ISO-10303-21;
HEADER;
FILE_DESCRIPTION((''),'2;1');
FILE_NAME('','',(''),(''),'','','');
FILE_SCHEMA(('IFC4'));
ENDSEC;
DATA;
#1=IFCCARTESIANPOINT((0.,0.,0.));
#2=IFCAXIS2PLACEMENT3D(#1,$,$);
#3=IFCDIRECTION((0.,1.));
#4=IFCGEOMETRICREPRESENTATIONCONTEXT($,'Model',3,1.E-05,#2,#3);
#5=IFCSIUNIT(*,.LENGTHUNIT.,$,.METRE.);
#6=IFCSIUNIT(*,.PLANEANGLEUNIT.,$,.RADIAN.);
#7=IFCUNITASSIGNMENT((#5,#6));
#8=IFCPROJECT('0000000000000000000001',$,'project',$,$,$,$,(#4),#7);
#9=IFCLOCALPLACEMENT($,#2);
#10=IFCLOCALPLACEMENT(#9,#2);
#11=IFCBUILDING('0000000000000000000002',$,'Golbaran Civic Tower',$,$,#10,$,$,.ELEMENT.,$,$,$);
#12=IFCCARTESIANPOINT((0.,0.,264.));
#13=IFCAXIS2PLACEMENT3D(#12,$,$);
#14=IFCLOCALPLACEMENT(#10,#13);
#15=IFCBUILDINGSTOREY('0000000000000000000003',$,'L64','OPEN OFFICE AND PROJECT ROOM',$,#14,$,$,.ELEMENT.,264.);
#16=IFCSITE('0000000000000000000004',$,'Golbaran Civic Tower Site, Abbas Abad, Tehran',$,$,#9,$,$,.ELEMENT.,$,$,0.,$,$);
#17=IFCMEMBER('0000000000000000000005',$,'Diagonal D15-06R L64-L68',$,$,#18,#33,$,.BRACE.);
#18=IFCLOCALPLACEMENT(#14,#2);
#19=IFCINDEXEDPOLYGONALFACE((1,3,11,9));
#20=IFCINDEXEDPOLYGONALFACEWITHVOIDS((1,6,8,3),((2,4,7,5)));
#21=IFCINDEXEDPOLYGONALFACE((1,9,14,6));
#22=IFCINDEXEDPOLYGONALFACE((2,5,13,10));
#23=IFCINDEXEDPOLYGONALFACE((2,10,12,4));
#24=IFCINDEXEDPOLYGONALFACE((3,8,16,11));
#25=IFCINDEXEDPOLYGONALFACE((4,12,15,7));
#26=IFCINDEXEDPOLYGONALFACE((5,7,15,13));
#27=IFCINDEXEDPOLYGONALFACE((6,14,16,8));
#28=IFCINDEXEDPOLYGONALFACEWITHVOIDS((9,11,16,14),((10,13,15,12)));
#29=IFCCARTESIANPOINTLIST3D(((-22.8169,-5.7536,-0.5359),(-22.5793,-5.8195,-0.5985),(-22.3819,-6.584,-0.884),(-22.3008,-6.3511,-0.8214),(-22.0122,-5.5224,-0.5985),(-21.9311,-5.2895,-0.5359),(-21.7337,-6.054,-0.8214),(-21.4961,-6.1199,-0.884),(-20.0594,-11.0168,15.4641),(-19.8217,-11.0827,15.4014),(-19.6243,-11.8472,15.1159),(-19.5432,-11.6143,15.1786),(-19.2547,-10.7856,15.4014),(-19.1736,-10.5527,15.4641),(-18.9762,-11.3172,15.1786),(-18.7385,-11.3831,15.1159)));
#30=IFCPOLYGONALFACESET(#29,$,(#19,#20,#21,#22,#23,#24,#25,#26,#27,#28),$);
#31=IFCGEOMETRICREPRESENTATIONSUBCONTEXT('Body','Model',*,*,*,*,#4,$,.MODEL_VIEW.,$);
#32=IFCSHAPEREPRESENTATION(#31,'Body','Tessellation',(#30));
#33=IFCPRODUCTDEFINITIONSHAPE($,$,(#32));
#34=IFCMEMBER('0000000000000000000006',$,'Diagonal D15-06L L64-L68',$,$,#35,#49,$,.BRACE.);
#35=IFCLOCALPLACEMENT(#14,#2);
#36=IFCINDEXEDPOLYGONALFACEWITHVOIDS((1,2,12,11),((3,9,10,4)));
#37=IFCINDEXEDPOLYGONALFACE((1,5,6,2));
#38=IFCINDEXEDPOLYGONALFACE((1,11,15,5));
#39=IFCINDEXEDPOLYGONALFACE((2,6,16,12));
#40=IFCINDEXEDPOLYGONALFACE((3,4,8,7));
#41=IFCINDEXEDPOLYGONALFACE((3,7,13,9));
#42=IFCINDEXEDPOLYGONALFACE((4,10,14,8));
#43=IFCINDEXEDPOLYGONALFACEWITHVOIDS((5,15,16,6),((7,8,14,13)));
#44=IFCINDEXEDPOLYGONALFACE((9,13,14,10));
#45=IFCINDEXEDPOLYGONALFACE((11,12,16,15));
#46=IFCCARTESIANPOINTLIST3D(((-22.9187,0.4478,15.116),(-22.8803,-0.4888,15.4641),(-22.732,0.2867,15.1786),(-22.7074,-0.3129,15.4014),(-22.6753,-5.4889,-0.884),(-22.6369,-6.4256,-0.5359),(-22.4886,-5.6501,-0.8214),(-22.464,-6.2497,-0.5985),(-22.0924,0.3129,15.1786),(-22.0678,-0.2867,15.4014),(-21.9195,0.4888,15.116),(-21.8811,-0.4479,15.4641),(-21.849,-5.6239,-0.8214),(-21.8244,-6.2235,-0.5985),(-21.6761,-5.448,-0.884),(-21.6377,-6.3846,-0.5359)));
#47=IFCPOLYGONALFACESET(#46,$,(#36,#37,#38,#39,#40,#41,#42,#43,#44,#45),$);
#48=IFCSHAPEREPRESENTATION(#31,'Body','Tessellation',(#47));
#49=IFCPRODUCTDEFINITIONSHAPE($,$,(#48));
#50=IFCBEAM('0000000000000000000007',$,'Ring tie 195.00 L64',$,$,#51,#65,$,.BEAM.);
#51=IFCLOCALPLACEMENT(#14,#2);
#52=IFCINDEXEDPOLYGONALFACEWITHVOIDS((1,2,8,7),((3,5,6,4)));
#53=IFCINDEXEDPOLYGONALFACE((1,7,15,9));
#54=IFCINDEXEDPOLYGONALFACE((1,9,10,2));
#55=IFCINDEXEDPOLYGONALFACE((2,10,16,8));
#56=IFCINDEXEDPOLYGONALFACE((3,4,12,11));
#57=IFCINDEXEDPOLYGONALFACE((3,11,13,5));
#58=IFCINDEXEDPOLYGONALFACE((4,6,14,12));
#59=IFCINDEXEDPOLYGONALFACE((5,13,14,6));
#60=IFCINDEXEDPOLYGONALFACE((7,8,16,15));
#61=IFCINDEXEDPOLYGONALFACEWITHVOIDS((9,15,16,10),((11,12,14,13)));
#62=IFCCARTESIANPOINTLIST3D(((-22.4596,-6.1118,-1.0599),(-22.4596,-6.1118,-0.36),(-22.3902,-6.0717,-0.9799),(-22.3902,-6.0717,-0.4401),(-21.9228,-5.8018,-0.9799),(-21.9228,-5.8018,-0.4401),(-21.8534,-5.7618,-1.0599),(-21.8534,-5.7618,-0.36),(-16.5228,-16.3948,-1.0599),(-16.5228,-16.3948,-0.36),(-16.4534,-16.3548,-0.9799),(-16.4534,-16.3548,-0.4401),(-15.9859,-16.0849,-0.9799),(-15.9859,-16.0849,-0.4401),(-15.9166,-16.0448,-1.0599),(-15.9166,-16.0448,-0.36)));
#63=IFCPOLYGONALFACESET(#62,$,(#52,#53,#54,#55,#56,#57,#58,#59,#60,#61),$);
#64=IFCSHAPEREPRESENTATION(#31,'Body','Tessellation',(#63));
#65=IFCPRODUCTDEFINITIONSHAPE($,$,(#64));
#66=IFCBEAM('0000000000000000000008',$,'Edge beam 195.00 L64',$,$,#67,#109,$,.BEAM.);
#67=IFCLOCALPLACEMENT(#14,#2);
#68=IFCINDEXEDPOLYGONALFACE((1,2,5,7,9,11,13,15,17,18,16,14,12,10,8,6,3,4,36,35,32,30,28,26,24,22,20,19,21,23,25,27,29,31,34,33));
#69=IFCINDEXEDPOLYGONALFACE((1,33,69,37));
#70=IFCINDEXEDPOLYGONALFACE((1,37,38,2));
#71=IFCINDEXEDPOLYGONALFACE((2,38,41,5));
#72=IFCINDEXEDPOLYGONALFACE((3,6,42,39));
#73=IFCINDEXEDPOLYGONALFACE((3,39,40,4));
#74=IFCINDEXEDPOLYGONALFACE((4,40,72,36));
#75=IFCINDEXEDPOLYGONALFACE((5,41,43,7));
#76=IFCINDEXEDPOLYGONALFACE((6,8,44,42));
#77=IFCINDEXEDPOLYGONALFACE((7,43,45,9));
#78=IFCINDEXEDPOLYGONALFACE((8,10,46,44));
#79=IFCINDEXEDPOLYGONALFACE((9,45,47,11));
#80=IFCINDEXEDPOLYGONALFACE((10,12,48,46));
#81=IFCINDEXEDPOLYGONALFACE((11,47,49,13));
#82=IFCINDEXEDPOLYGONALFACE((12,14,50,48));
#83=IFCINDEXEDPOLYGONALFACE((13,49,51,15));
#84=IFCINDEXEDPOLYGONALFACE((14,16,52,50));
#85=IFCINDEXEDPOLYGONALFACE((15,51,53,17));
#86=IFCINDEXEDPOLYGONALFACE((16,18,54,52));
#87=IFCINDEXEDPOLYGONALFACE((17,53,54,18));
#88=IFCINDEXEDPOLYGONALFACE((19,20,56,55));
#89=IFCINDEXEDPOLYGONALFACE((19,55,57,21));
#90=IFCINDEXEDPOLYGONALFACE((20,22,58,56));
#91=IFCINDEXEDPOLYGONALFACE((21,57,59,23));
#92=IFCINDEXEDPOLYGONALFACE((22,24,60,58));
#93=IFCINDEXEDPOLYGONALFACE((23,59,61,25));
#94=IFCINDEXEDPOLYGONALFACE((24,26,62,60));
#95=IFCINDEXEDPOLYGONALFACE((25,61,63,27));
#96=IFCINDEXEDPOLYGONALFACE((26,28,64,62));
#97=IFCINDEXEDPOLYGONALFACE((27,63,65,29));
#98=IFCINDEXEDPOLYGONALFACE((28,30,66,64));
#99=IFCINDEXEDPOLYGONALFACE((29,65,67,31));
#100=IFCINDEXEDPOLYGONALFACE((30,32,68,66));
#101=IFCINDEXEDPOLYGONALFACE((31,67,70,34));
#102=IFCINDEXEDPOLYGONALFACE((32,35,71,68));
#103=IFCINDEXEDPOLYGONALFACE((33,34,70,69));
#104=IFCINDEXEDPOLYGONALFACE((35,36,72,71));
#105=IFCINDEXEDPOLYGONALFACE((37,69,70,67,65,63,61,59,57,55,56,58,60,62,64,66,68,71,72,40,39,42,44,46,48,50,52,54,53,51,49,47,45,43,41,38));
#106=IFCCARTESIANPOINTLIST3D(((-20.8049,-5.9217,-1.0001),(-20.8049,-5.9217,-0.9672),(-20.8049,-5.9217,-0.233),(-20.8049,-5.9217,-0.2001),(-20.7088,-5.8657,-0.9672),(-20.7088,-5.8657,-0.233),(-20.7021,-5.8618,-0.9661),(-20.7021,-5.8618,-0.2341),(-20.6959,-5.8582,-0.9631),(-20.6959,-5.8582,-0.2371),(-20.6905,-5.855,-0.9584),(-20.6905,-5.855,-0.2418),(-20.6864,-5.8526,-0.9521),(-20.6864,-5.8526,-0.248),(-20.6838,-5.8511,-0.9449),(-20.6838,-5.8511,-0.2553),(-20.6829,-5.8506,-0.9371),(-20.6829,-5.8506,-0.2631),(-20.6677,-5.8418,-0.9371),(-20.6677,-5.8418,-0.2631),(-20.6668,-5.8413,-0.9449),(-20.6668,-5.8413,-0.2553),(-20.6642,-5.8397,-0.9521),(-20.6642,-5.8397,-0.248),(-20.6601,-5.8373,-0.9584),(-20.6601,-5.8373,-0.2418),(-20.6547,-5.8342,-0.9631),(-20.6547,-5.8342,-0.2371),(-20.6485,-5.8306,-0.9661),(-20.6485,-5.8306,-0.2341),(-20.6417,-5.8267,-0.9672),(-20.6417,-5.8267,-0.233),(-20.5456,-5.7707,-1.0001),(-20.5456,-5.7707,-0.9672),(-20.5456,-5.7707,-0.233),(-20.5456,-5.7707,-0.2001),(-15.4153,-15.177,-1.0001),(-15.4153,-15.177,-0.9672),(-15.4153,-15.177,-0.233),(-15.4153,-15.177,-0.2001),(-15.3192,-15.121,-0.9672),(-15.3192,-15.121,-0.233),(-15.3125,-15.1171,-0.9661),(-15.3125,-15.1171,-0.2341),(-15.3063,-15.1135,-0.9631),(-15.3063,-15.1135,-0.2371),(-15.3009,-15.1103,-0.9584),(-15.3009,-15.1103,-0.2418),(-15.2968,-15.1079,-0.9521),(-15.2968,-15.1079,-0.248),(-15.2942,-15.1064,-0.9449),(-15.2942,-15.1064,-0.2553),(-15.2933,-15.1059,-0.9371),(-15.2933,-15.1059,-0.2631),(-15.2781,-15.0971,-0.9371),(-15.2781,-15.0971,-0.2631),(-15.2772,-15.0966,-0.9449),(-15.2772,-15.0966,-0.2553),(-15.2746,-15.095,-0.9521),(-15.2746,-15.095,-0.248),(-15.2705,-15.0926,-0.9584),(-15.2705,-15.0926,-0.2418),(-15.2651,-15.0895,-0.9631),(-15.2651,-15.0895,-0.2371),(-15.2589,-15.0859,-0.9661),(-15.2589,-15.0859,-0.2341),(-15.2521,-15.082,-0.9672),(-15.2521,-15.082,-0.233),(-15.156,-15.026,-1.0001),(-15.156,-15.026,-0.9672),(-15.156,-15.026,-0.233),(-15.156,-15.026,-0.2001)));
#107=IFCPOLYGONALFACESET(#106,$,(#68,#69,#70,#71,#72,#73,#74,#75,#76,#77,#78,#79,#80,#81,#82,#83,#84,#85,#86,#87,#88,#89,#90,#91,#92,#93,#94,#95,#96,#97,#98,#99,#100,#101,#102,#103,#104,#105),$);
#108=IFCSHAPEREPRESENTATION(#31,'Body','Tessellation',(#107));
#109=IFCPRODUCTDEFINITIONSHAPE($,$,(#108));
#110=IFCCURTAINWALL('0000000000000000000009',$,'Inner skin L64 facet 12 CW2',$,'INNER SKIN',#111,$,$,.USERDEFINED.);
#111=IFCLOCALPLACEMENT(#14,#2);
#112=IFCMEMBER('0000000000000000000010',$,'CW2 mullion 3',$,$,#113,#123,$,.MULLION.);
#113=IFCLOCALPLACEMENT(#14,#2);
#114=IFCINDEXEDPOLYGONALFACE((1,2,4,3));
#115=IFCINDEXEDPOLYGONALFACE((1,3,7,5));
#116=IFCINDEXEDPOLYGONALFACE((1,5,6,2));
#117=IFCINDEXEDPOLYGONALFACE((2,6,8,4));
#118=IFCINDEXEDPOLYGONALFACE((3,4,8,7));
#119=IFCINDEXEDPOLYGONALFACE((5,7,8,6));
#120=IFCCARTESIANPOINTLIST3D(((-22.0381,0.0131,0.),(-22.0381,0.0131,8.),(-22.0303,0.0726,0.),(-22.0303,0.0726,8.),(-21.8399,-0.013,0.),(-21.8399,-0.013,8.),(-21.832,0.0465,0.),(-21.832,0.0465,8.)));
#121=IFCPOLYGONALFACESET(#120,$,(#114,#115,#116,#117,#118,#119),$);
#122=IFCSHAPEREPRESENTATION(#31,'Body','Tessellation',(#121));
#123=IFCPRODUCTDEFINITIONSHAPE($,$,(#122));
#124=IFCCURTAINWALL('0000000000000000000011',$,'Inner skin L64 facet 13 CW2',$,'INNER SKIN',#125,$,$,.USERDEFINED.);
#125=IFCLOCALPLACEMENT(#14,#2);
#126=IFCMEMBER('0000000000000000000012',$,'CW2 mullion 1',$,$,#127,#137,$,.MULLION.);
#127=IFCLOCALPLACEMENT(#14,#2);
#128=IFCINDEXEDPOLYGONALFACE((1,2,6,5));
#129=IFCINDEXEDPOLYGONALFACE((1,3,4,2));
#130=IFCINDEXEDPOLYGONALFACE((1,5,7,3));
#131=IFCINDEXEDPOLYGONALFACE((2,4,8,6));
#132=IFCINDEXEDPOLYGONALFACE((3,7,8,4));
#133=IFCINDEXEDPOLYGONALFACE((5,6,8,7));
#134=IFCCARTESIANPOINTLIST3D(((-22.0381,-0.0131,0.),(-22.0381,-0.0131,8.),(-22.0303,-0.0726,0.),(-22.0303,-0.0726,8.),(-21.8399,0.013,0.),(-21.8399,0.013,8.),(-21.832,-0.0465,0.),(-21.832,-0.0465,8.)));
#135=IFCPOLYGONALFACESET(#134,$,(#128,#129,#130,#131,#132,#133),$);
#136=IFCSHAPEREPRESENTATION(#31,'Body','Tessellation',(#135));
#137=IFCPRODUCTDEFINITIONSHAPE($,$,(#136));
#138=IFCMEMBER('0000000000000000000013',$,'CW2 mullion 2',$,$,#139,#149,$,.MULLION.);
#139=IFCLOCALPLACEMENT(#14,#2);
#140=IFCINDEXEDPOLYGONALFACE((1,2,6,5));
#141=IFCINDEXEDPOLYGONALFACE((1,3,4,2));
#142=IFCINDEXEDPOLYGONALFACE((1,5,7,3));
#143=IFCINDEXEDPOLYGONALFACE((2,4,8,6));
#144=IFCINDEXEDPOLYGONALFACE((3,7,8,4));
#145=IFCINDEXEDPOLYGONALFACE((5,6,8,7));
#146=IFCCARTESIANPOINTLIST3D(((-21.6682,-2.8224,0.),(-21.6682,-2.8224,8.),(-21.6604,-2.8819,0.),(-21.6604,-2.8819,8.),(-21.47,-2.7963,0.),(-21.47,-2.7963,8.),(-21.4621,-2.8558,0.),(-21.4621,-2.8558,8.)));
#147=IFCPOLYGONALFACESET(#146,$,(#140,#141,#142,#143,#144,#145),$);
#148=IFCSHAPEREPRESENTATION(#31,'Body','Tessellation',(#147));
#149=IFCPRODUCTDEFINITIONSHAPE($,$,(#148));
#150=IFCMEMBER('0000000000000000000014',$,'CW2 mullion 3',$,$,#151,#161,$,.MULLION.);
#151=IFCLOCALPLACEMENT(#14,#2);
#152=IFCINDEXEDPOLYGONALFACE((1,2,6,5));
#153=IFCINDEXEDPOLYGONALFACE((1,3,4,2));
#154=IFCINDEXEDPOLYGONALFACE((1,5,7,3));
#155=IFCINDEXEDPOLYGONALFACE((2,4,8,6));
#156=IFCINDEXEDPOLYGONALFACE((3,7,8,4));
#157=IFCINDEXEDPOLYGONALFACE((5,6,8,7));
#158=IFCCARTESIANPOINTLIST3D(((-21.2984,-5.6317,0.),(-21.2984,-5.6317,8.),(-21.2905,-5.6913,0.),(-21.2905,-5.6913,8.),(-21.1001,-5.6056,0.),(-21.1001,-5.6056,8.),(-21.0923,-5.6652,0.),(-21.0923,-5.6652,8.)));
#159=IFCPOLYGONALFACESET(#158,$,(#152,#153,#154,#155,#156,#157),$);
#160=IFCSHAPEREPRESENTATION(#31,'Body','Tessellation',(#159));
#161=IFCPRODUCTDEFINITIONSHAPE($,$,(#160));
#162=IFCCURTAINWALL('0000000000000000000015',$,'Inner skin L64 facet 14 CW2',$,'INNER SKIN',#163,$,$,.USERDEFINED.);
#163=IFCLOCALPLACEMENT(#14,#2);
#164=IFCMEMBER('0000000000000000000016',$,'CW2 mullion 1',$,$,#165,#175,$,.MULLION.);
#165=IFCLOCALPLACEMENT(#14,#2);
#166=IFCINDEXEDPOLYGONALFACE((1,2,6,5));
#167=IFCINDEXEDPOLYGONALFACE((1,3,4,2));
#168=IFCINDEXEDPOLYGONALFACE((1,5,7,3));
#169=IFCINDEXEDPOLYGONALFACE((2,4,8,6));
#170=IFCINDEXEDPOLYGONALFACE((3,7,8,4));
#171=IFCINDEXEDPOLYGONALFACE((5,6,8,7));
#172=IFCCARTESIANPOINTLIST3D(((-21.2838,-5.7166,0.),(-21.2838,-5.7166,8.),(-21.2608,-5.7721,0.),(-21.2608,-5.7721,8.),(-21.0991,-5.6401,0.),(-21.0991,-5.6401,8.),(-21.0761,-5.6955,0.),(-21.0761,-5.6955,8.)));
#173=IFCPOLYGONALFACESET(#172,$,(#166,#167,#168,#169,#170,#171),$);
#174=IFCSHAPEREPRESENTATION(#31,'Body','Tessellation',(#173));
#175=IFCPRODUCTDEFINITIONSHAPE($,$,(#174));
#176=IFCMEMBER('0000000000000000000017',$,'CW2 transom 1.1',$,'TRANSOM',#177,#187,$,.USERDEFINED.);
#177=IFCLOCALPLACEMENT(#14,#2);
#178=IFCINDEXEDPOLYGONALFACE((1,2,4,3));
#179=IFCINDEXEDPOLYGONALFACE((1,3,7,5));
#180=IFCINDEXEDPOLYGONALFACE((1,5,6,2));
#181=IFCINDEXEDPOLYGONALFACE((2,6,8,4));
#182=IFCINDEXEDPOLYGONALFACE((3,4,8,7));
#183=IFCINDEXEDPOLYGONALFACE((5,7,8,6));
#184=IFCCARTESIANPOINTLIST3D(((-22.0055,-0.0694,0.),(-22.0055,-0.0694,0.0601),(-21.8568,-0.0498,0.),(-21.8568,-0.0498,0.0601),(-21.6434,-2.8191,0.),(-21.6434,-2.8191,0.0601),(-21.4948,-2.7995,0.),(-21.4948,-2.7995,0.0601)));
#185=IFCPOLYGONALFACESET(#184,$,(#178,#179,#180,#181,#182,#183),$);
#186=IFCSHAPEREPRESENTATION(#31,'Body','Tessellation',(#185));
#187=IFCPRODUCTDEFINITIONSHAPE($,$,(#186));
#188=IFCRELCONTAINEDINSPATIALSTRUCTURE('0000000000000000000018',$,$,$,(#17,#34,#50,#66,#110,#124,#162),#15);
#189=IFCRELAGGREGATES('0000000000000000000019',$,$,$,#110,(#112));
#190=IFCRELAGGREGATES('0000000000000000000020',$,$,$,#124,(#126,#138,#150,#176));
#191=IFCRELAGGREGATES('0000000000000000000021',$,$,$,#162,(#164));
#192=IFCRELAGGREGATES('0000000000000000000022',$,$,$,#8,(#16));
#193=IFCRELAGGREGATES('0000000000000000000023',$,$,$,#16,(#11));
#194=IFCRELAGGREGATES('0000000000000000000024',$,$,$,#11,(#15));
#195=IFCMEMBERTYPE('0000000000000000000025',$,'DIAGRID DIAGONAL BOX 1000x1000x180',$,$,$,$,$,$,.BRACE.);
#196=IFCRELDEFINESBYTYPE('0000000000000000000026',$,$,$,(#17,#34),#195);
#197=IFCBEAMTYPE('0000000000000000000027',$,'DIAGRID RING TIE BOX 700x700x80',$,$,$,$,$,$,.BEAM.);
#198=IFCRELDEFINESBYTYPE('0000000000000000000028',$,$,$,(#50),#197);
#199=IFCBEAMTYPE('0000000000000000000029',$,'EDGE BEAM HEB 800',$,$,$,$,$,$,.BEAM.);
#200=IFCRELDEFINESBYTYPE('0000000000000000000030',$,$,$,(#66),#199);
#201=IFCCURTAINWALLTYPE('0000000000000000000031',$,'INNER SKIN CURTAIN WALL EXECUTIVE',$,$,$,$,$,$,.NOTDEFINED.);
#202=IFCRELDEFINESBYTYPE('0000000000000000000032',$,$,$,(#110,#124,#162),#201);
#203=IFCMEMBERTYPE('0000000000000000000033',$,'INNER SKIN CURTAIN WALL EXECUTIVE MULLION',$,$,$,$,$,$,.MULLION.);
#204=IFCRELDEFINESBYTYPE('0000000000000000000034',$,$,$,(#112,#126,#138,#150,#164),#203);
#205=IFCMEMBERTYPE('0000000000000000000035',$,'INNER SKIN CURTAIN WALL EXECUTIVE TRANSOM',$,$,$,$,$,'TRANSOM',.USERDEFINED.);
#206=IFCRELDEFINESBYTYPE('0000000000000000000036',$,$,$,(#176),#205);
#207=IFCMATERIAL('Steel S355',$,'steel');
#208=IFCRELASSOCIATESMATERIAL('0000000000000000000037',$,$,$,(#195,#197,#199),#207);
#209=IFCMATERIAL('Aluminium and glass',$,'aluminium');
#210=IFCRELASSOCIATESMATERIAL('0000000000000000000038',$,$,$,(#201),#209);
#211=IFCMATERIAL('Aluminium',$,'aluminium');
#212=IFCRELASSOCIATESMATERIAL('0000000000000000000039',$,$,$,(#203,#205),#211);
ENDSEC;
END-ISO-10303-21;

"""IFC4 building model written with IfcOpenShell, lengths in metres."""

from ifc_helpers import new_model, si_unit, direction, frame, origin, origin_2d, place, context, subcontext, project, spatial, rectangle, hollow_rectangle, i_section, extrude, material, material_profile, profile_set, type_object, element, aggregate, save


model = new_model("IFC4")

# Units and contexts
model_context = context("Model", 3, precision=1e-05, world=origin(), true_north=direction((0.0, 1.0)))
body_context = subcontext(model_context, "Body", "Model", "MODEL_VIEW")
ifc_project = project(units=[si_unit("LENGTHUNIT", "METRE"), si_unit("PLANEANGLEUNIT", "RADIAN")], contexts=[model_context])

# Site, building, storey
site_placement = place(None, origin())
site = spatial("IfcSite", under=ifc_project, at=site_placement, Name="Golbaran Civic Tower Site, Abbas Abad, Tehran", CompositionType="ELEMENT", RefElevation=0.0)
building_placement = place(site_placement, origin())
building = spatial("IfcBuilding", under=site, at=building_placement, Name="Golbaran Civic Tower", CompositionType="ELEMENT")
storey_placement = place(building_placement, frame((0.0, 0.0, 264.0)))
storey = spatial("IfcBuildingStorey", under=building, at=storey_placement, Name="L64", Description="OPEN OFFICE AND PROJECT ROOM", CompositionType="ELEMENT", Elevation=264.0)

# Members
ifc_material_1 = material(Name="Steel S355", Category="steel")
ifc_material_profile_1 = material_profile(ifc_material_1, hollow_rectangle(XDim=1.0, YDim=1.0, WallThickness=0.1799, at=origin_2d()), Name="BOX 1000x1000x180")
ifc_profile_set_1 = profile_set([ifc_material_profile_1], Name="Steel S355")
member_type_1 = type_object("IfcMemberType", Name="DIAGRID DIAGONAL BOX 1000x1000x180", PredefinedType="BRACE", material=ifc_profile_set_1)
for number, where, z_axis, x_axis, name in (
    (1, (-22.1565, -5.9368, -0.71), (0.161567, -0.308372, 0.937445), (0.885786, 0.464095, 0.0), "Diagonal D15-06R L64-L68"),
    (2, (-22.1565, -5.9368, -0.71), (-0.014261, 0.347838, 0.937446), (-0.999161, -0.040966, 0.0), "Diagonal D15-06L L64-L68"),
):
    element("IfcMember", number, at=place(storey_placement, frame(where, z_axis=z_axis, x_axis=x_axis)), inside=storey, type_object=member_type_1, Name=name, PredefinedType="BRACE", context=body_context, shape_type="SweptSolid", body=[
        extrude(hollow_rectangle(XDim=1.0, YDim=1.0, WallThickness=0.1799, at=origin_2d()), origin(), (0.0, 0.0, 1.0), 17.0676),
    ])

# Beams
ifc_material_profile_2 = material_profile(ifc_material_1, hollow_rectangle(XDim=0.7, YDim=0.7, WallThickness=0.0801, at=origin_2d()), Name="BOX 700x700x80")
ifc_profile_set_2 = profile_set([ifc_material_profile_2], Name="Steel S355")
beam_type_1 = type_object("IfcBeamType", Name="DIAGRID RING TIE BOX 700x700x80", PredefinedType="BEAM", material=ifc_profile_set_2)
beam_1_placement = place(storey_placement, frame((-22.1565, -5.9368, -0.71), z_axis=(0.499994, -0.866029, 0.0), x_axis=(0.866029, 0.499994, 0.0)))
element("IfcBeam", 3, at=beam_1_placement, inside=storey, type_object=beam_type_1, Name="Ring tie 195.00 L64", PredefinedType="BEAM", context=body_context, shape_type="SweptSolid", body=[
    extrude(hollow_rectangle(XDim=0.7, YDim=0.7, WallThickness=0.0801, at=origin_2d()), origin(), (0.0, 0.0, 1.0), 11.8738),
])
ifc_material_profile_3 = material_profile(ifc_material_1, i_section(OverallWidth=0.3, OverallDepth=0.8, WebThickness=0.0176, FlangeThickness=0.033, FilletRadius=0.03, at=origin_2d()), Name="HEB 800")
ifc_profile_set_3 = profile_set([ifc_material_profile_3], Name="Steel S355")
beam_type_2 = type_object("IfcBeamType", Name="EDGE BEAM HEB 800", PredefinedType="BEAM", material=ifc_profile_set_3)
beam_2_placement = place(storey_placement, frame((-20.6753, -5.8462, -0.6001), z_axis=(0.503222, -0.864157, 0.0), x_axis=(0.864157, 0.503222, 0.0)))
element("IfcBeam", 4, at=beam_2_placement, inside=storey, type_object=beam_type_2, Name="Edge beam 195.00 L64", PredefinedType="BEAM", context=body_context, shape_type="SweptSolid", body=[
    extrude(i_section(OverallWidth=0.3, OverallDepth=0.8, WebThickness=0.0176, FlangeThickness=0.033, FilletRadius=0.03, at=origin_2d()), origin(), (0.0, 0.0, 1.0), 10.7102),
])

# Curtain wall, member
ifc_material_2 = material(Name="Aluminium and glass", Category="aluminium")
curtain_wall_type_1 = type_object("IfcCurtainWallType", Name="INNER SKIN CURTAIN WALL EXECUTIVE", PredefinedType="NOTDEFINED", material=ifc_material_2)
curtain_wall_1_placement = place(storey_placement, origin())
curtain_wall_1 = element("IfcCurtainWall", 5, at=curtain_wall_1_placement, inside=storey, type_object=curtain_wall_type_1, Name="Inner skin L64 facet 12 CW2", ObjectType="INNER SKIN", PredefinedType="USERDEFINED")
ifc_material_3 = material(Name="Aluminium", Category="aluminium")
ifc_material_profile_4 = material_profile(ifc_material_3, rectangle(XDim=0.2, YDim=0.0601, at=origin_2d()), Name="INNER SKIN CURTAIN WALL EXECUTIVE MULLION")
ifc_profile_set_4 = profile_set([ifc_material_profile_4], Name="Aluminium")
member_type_2 = type_object("IfcMemberType", Name="INNER SKIN CURTAIN WALL EXECUTIVE MULLION", PredefinedType="MULLION", material=ifc_profile_set_4)
member_1_placement = place(storey_placement, frame((-21.9351, 0.0298, 0.0), z_axis=(0.0, 0.0, 1.0), x_axis=(0.991445, -0.130526, 0.0)))
member_1 = element("IfcMember", 6, at=member_1_placement, type_object=member_type_2, Name="CW2 mullion 3", PredefinedType="MULLION", context=body_context, shape_type="SweptSolid", body=[
    extrude(rectangle(XDim=0.2, YDim=0.0601, at=origin_2d()), origin(), (0.0, 0.0, 1.0), 8.0),
])
aggregate(curtain_wall_1, [member_1])

# Curtain wall, members
curtain_wall_2_placement = place(storey_placement, origin())
curtain_wall_2 = element("IfcCurtainWall", 7, at=curtain_wall_2_placement, inside=storey, type_object=curtain_wall_type_1, Name="Inner skin L64 facet 13 CW2", ObjectType="INNER SKIN", PredefinedType="USERDEFINED")
member_2_placement = place(storey_placement, frame((-21.9351, -0.0298, 0.0), z_axis=(0.0, 0.0, 1.0), x_axis=(0.991445, 0.130526, 0.0)))
member_2 = element("IfcMember", 8, at=member_2_placement, type_object=member_type_2, Name="CW2 mullion 1", PredefinedType="MULLION", context=body_context, shape_type="SweptSolid", body=[
    extrude(rectangle(XDim=0.2, YDim=0.0601, at=origin_2d()), origin(), (0.0, 0.0, 1.0), 8.0),
])
member_3_placement = place(storey_placement, frame((-21.5652, -2.8391, 0.0), z_axis=(0.0, 0.0, 1.0), x_axis=(0.991445, 0.130526, 0.0)))
member_3 = element("IfcMember", 9, at=member_3_placement, type_object=member_type_2, Name="CW2 mullion 2", PredefinedType="MULLION", context=body_context, shape_type="SweptSolid", body=[
    extrude(rectangle(XDim=0.2, YDim=0.0601, at=origin_2d()), origin(), (0.0, 0.0, 1.0), 8.0),
])
member_4_placement = place(storey_placement, frame((-21.1953, -5.6484, 0.0), z_axis=(0.0, 0.0, 1.0), x_axis=(0.991445, 0.130526, 0.0)))
member_4 = element("IfcMember", 10, at=member_4_placement, type_object=member_type_2, Name="CW2 mullion 3", PredefinedType="MULLION", context=body_context, shape_type="SweptSolid", body=[
    extrude(rectangle(XDim=0.2, YDim=0.0601, at=origin_2d()), origin(), (0.0, 0.0, 1.0), 8.0),
])

# Curtain wall, member
curtain_wall_3_placement = place(storey_placement, origin())
curtain_wall_3 = element("IfcCurtainWall", 11, at=curtain_wall_3_placement, inside=storey, type_object=curtain_wall_type_1, Name="Inner skin L64 facet 14 CW2", ObjectType="INNER SKIN", PredefinedType="USERDEFINED")
member_5_placement = place(storey_placement, frame((-21.1799, -5.7061, 0.0), z_axis=(0.0, 0.0, 1.0), x_axis=(0.92388, 0.382683, 0.0)))
member_5 = element("IfcMember", 12, at=member_5_placement, type_object=member_type_2, Name="CW2 mullion 1", PredefinedType="MULLION", context=body_context, shape_type="SweptSolid", body=[
    extrude(rectangle(XDim=0.2, YDim=0.0601, at=origin_2d()), origin(), (0.0, 0.0, 1.0), 8.0),
])

# Member
ifc_material_profile_5 = material_profile(ifc_material_3, rectangle(XDim=0.1499, YDim=0.0601, at=origin_2d()), Name="INNER SKIN CURTAIN WALL EXECUTIVE TRANSOM")
ifc_profile_set_5 = profile_set([ifc_material_profile_5], Name="Aluminium")
member_type_3 = type_object("IfcMemberType", Name="INNER SKIN CURTAIN WALL EXECUTIVE TRANSOM", ElementType="TRANSOM", PredefinedType="USERDEFINED", material=ifc_profile_set_5)
member_6_placement = place(storey_placement, frame((-21.9312, -0.0596, 0.03), z_axis=(0.130543, -0.991443, 0.0), x_axis=(0.991443, 0.130543, 0.0)))
member_6 = element("IfcMember", 13, at=member_6_placement, type_object=member_type_3, Name="CW2 transom 1.1", ObjectType="TRANSOM", PredefinedType="USERDEFINED", context=body_context, shape_type="SweptSolid", body=[
    extrude(rectangle(XDim=0.1499, YDim=0.0601, at=origin_2d()), origin(), (0.0, 0.0, 1.0), 2.7734),
])

aggregate(curtain_wall_2, [member_2, member_3, member_4, member_6])
aggregate(curtain_wall_3, [member_5])

save(model, "model.ifc")
